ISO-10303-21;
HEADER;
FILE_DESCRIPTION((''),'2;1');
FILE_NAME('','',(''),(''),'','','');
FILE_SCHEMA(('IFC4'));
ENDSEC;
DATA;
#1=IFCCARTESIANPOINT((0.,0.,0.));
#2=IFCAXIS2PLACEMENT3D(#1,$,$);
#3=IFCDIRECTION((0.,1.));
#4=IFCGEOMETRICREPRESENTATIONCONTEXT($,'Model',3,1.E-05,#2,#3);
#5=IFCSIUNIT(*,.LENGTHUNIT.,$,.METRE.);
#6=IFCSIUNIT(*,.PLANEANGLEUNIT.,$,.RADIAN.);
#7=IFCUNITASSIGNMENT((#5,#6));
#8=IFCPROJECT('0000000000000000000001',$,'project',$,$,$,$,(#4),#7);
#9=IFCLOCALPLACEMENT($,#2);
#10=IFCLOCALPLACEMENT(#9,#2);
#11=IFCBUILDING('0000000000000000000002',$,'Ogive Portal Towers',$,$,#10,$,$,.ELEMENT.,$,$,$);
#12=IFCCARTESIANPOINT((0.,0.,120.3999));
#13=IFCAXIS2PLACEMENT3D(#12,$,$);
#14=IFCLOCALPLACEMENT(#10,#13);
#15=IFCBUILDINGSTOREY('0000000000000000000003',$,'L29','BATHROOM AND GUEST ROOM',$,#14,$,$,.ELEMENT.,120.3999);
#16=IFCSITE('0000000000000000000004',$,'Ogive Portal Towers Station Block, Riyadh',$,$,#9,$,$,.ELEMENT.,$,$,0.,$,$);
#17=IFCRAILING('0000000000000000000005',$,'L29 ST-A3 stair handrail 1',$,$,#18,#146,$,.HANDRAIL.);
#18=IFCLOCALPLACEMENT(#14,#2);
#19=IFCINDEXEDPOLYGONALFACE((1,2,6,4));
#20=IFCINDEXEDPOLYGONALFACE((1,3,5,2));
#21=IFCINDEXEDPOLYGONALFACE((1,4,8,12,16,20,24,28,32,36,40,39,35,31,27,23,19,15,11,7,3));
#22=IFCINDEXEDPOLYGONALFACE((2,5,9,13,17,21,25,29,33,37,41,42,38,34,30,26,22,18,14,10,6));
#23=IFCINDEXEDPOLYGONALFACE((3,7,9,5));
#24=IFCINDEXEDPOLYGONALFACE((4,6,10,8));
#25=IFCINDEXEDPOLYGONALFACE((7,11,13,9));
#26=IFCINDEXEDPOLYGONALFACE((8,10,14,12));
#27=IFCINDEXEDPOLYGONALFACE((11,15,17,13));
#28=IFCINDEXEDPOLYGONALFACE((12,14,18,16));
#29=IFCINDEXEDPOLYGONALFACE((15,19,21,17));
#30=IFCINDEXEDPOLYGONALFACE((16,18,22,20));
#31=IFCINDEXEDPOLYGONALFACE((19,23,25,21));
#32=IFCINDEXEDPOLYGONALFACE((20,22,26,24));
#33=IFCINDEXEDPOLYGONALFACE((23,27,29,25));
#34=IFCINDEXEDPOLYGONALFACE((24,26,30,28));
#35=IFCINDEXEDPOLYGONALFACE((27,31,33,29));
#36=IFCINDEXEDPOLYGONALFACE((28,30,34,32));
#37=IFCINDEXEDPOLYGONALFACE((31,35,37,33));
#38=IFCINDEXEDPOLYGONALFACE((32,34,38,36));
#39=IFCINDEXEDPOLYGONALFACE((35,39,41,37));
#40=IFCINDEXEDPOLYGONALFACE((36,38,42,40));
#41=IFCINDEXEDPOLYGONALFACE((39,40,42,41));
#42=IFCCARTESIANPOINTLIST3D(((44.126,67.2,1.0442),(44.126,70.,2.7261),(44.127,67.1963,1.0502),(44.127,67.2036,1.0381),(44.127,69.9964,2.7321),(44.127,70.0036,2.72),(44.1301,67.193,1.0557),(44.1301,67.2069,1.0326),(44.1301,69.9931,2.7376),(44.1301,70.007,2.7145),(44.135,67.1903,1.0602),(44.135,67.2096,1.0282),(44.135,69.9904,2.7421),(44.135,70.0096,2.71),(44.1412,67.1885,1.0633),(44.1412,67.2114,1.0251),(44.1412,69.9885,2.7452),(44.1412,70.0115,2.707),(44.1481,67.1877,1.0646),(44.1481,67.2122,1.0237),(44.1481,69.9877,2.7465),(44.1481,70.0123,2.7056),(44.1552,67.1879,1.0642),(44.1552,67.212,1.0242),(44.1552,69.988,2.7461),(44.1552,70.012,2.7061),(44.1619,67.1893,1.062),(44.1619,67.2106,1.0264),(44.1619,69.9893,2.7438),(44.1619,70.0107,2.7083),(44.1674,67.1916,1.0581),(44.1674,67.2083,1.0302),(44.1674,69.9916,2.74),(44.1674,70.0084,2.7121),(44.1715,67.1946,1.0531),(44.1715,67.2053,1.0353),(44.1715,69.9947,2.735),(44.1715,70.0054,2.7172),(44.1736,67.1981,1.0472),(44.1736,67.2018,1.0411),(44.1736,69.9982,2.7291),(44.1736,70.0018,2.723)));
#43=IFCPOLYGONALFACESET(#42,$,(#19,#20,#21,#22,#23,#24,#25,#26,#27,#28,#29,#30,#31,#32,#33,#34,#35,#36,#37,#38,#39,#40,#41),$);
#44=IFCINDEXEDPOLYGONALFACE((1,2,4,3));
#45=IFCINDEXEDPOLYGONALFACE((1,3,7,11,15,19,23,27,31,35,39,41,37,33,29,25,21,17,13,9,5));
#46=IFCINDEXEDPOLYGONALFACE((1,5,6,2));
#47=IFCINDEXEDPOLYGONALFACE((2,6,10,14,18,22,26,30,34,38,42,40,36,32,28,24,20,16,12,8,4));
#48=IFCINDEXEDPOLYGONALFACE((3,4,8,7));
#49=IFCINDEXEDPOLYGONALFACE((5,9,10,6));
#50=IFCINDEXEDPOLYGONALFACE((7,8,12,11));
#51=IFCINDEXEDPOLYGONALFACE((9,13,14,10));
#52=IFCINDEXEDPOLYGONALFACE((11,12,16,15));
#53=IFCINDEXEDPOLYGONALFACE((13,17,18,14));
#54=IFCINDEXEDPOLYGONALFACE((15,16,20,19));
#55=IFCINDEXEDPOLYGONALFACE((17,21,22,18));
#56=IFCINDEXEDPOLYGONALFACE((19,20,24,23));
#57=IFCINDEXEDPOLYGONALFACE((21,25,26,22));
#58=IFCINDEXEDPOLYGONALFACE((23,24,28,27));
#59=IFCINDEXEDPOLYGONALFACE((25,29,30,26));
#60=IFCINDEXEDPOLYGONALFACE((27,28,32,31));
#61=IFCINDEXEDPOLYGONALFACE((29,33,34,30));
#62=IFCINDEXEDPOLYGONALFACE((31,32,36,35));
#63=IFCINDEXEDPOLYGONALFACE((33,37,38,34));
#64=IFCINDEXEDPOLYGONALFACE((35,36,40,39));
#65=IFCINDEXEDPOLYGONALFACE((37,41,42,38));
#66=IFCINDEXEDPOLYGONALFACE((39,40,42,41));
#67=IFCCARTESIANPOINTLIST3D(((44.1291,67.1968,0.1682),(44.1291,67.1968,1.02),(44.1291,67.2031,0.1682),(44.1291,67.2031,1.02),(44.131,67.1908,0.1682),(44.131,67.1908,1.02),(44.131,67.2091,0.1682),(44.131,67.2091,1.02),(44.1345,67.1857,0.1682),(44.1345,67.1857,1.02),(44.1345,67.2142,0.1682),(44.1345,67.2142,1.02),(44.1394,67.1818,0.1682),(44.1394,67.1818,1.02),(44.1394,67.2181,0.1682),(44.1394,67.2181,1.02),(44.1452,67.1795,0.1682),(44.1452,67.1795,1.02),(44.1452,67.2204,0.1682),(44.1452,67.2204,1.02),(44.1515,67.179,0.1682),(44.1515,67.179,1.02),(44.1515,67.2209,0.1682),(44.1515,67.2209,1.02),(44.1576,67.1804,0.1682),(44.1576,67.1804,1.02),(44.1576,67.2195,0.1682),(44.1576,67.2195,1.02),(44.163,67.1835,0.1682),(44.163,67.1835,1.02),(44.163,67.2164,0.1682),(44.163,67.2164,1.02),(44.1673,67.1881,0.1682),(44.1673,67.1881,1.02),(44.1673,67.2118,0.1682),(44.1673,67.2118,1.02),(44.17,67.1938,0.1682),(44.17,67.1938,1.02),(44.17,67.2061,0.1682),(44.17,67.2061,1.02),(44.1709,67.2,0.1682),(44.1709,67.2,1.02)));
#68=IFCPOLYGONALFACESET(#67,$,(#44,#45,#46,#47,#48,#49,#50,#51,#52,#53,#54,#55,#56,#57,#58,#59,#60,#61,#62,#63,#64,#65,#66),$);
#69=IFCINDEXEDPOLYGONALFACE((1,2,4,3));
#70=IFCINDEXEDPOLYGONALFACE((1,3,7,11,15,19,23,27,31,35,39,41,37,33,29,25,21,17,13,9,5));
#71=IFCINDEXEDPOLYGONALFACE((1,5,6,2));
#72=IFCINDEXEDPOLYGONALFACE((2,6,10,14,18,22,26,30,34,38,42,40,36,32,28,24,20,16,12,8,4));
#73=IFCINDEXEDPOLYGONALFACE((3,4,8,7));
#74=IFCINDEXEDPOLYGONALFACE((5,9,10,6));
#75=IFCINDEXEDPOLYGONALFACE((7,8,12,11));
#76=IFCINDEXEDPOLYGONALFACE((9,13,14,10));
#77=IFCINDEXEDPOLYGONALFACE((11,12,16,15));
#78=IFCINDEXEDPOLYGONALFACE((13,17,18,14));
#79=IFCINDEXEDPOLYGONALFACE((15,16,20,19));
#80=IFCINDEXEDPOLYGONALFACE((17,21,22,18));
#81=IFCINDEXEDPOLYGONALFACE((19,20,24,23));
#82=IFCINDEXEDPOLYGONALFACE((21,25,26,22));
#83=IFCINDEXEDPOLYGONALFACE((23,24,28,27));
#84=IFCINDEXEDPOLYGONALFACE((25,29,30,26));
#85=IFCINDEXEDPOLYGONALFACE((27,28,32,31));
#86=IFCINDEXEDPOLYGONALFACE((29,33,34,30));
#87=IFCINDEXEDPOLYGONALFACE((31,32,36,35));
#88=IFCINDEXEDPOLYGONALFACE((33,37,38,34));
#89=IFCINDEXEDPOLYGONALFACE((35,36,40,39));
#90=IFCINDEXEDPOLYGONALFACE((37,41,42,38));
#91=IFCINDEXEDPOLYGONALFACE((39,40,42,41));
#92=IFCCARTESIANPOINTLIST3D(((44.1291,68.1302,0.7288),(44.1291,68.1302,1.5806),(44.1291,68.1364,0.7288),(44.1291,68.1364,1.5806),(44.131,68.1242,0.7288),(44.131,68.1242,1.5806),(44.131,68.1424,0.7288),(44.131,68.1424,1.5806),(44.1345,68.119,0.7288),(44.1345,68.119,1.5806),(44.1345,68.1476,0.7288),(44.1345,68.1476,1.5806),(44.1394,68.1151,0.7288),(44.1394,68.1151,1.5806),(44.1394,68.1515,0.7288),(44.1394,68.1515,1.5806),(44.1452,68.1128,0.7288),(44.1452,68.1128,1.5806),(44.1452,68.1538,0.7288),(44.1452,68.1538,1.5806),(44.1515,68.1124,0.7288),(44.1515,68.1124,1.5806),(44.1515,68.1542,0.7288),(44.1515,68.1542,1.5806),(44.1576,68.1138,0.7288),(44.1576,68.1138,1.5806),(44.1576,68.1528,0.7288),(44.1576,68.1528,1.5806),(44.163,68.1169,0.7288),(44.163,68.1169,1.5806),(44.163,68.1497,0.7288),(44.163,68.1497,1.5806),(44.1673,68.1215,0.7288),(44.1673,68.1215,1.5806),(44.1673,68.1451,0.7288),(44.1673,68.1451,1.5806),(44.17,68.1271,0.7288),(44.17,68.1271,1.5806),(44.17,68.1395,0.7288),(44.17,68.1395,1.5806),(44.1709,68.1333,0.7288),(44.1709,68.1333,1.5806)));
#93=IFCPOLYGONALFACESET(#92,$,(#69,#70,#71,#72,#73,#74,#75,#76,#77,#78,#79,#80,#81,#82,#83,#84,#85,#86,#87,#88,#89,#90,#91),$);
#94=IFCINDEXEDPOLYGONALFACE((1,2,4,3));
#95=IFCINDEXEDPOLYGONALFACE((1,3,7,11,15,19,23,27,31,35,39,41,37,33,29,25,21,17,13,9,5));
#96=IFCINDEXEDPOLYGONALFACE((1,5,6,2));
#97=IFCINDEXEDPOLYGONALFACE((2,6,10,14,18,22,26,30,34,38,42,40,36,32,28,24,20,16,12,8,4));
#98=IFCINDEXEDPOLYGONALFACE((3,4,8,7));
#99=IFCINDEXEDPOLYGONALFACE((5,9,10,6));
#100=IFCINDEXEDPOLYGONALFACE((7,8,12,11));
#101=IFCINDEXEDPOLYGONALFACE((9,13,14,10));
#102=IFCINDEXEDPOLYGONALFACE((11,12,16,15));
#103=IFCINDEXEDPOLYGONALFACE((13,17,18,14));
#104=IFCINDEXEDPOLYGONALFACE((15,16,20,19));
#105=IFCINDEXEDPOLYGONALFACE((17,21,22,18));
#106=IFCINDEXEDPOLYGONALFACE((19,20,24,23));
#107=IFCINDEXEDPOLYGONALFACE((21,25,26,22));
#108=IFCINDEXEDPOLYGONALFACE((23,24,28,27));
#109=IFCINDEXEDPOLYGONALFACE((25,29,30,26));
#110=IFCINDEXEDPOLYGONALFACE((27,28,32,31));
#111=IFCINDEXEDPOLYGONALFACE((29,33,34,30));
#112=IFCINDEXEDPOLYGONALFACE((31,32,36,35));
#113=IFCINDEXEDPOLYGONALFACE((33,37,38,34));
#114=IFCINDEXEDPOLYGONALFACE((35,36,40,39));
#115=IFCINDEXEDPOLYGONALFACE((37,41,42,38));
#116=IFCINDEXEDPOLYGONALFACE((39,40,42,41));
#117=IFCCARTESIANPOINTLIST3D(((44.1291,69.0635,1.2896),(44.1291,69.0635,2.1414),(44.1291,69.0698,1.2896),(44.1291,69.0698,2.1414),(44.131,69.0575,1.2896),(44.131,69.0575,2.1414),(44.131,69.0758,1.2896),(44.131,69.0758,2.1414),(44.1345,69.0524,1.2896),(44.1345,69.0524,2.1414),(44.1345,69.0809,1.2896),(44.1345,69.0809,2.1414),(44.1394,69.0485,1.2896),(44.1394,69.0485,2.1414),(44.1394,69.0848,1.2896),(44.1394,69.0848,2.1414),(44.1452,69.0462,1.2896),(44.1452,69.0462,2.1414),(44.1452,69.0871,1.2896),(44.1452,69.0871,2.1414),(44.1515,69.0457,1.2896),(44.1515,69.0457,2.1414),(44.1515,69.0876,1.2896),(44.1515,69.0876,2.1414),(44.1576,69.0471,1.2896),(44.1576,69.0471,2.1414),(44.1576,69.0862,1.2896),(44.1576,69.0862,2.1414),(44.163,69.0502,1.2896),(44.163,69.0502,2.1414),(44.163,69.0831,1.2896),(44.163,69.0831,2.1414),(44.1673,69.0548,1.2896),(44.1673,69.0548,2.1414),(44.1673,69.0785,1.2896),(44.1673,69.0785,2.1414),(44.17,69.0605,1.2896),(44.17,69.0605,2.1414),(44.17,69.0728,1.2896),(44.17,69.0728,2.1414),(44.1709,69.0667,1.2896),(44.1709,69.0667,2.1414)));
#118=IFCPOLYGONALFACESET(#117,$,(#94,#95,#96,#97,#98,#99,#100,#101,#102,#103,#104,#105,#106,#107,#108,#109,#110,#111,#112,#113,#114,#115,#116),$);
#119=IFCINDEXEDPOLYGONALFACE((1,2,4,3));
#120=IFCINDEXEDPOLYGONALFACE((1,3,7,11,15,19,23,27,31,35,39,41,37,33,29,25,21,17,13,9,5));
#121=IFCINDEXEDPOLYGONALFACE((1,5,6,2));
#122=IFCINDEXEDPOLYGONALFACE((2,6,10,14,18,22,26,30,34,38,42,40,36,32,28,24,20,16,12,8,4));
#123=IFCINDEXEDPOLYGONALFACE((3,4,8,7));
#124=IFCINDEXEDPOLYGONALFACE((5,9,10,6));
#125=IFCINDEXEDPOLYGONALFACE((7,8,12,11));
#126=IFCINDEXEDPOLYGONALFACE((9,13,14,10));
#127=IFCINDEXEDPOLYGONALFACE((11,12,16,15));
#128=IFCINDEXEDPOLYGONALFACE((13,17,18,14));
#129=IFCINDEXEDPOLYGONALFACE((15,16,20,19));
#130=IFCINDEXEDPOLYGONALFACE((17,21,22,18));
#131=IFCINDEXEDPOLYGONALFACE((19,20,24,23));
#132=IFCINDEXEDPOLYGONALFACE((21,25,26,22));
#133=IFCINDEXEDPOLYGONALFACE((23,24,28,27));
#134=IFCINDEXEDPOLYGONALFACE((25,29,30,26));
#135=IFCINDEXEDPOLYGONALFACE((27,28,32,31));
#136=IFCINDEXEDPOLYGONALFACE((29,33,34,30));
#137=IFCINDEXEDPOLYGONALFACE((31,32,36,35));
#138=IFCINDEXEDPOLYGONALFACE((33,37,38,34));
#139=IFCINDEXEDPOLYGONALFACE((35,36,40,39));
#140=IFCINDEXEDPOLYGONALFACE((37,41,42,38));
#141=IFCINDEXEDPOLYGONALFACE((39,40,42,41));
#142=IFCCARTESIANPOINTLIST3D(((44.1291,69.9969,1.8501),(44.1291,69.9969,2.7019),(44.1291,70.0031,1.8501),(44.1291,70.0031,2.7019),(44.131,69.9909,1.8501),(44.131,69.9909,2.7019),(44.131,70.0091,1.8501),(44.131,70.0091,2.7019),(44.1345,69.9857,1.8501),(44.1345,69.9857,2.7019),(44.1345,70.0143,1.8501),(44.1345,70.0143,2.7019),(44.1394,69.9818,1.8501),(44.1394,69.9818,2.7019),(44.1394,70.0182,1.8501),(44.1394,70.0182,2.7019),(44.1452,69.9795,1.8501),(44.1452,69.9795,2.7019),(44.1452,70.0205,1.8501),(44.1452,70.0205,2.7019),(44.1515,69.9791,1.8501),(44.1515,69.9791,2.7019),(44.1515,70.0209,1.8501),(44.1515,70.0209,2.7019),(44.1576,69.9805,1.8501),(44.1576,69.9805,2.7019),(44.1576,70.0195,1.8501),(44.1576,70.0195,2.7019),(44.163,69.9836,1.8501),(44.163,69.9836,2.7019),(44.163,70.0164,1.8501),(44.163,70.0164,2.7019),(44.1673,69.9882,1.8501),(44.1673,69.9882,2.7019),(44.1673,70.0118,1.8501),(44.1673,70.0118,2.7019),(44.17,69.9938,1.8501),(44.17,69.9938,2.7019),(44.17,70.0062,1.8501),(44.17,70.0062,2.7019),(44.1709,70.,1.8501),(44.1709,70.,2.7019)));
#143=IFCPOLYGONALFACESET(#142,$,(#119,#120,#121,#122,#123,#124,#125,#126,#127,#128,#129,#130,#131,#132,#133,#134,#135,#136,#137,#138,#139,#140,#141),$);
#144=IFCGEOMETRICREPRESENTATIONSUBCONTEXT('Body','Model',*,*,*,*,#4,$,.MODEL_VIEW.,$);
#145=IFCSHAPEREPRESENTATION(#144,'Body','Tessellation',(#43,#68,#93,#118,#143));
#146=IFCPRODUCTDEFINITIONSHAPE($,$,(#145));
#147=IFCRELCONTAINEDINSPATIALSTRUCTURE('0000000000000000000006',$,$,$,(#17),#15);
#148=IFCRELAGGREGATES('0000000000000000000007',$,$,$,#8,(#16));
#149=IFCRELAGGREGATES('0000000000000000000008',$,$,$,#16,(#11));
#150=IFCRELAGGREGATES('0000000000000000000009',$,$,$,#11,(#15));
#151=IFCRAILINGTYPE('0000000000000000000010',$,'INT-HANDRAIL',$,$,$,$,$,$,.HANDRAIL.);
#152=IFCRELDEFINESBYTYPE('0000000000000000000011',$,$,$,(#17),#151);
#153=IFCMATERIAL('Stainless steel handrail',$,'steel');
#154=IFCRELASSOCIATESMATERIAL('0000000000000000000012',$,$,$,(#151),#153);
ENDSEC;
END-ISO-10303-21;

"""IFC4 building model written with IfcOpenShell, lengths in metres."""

from ifc_helpers import new_model, si_unit, direction, frame, origin, origin_2d, place, context, subcontext, project, spatial, circle, extrude, material, type_object, element, save


model = new_model("IFC4")

# Units and contexts
model_context = context("Model", 3, precision=1e-05, world=origin(), true_north=direction((0.0, 1.0)))
body_context = subcontext(model_context, "Body", "Model", "MODEL_VIEW")
ifc_project = project(units=[si_unit("LENGTHUNIT", "METRE"), si_unit("PLANEANGLEUNIT", "RADIAN")], contexts=[model_context])

# Site, building, storey
site_placement = place(None, origin())
site = spatial("IfcSite", under=ifc_project, at=site_placement, Name="Ogive Portal Towers Station Block, Riyadh", CompositionType="ELEMENT", RefElevation=0.0)
building_placement = place(site_placement, origin())
building = spatial("IfcBuilding", under=site, at=building_placement, Name="Ogive Portal Towers", CompositionType="ELEMENT")
storey_placement = place(building_placement, frame((0.0, 0.0, 120.3999)))
storey = spatial("IfcBuildingStorey", under=building, at=storey_placement, Name="L29", Description="BATHROOM AND GUEST ROOM", CompositionType="ELEMENT", Elevation=120.3999)

# Railing
ifc_material_1 = material(Name="Stainless steel handrail", Category="steel")
railing_type_1 = type_object("IfcRailingType", Name="INT-HANDRAIL", PredefinedType="HANDRAIL", material=ifc_material_1)
railing_1_placement = place(storey_placement, frame((44.1499, 67.2, 0.1682)))
element("IfcRailing", 1, at=railing_1_placement, inside=storey, type_object=railing_type_1, Name="L29 ST-A3 stair handrail 1", PredefinedType="HANDRAIL", context=body_context, shape_type="SweptSolid", body=[
    extrude(circle(Radius=0.0239, at=origin_2d()), frame((0.0, 0.0, 0.876), z_axis=(0.0, 0.857242, 0.514913), x_axis=(-1.0, 0.0, 0.0)), (0.0, 0.0, 1.0), 3.2664),
    extrude(circle(Radius=0.021, at=origin_2d()), origin(), (0.0, 0.0, 1.0), 0.8518),
    extrude(circle(Radius=0.021, at=origin_2d()), frame((0.0, 0.9333, 0.5605)), (0.0, 0.0, 1.0), 0.8518),
    extrude(circle(Radius=0.021, at=origin_2d()), frame((0.0, 1.8667, 1.1213)), (0.0, 0.0, 1.0), 0.8518),
    extrude(circle(Radius=0.021, at=origin_2d()), frame((0.0, 2.8, 1.6819)), (0.0, 0.0, 1.0), 0.8518),
])

save(model, "model.ifc")
